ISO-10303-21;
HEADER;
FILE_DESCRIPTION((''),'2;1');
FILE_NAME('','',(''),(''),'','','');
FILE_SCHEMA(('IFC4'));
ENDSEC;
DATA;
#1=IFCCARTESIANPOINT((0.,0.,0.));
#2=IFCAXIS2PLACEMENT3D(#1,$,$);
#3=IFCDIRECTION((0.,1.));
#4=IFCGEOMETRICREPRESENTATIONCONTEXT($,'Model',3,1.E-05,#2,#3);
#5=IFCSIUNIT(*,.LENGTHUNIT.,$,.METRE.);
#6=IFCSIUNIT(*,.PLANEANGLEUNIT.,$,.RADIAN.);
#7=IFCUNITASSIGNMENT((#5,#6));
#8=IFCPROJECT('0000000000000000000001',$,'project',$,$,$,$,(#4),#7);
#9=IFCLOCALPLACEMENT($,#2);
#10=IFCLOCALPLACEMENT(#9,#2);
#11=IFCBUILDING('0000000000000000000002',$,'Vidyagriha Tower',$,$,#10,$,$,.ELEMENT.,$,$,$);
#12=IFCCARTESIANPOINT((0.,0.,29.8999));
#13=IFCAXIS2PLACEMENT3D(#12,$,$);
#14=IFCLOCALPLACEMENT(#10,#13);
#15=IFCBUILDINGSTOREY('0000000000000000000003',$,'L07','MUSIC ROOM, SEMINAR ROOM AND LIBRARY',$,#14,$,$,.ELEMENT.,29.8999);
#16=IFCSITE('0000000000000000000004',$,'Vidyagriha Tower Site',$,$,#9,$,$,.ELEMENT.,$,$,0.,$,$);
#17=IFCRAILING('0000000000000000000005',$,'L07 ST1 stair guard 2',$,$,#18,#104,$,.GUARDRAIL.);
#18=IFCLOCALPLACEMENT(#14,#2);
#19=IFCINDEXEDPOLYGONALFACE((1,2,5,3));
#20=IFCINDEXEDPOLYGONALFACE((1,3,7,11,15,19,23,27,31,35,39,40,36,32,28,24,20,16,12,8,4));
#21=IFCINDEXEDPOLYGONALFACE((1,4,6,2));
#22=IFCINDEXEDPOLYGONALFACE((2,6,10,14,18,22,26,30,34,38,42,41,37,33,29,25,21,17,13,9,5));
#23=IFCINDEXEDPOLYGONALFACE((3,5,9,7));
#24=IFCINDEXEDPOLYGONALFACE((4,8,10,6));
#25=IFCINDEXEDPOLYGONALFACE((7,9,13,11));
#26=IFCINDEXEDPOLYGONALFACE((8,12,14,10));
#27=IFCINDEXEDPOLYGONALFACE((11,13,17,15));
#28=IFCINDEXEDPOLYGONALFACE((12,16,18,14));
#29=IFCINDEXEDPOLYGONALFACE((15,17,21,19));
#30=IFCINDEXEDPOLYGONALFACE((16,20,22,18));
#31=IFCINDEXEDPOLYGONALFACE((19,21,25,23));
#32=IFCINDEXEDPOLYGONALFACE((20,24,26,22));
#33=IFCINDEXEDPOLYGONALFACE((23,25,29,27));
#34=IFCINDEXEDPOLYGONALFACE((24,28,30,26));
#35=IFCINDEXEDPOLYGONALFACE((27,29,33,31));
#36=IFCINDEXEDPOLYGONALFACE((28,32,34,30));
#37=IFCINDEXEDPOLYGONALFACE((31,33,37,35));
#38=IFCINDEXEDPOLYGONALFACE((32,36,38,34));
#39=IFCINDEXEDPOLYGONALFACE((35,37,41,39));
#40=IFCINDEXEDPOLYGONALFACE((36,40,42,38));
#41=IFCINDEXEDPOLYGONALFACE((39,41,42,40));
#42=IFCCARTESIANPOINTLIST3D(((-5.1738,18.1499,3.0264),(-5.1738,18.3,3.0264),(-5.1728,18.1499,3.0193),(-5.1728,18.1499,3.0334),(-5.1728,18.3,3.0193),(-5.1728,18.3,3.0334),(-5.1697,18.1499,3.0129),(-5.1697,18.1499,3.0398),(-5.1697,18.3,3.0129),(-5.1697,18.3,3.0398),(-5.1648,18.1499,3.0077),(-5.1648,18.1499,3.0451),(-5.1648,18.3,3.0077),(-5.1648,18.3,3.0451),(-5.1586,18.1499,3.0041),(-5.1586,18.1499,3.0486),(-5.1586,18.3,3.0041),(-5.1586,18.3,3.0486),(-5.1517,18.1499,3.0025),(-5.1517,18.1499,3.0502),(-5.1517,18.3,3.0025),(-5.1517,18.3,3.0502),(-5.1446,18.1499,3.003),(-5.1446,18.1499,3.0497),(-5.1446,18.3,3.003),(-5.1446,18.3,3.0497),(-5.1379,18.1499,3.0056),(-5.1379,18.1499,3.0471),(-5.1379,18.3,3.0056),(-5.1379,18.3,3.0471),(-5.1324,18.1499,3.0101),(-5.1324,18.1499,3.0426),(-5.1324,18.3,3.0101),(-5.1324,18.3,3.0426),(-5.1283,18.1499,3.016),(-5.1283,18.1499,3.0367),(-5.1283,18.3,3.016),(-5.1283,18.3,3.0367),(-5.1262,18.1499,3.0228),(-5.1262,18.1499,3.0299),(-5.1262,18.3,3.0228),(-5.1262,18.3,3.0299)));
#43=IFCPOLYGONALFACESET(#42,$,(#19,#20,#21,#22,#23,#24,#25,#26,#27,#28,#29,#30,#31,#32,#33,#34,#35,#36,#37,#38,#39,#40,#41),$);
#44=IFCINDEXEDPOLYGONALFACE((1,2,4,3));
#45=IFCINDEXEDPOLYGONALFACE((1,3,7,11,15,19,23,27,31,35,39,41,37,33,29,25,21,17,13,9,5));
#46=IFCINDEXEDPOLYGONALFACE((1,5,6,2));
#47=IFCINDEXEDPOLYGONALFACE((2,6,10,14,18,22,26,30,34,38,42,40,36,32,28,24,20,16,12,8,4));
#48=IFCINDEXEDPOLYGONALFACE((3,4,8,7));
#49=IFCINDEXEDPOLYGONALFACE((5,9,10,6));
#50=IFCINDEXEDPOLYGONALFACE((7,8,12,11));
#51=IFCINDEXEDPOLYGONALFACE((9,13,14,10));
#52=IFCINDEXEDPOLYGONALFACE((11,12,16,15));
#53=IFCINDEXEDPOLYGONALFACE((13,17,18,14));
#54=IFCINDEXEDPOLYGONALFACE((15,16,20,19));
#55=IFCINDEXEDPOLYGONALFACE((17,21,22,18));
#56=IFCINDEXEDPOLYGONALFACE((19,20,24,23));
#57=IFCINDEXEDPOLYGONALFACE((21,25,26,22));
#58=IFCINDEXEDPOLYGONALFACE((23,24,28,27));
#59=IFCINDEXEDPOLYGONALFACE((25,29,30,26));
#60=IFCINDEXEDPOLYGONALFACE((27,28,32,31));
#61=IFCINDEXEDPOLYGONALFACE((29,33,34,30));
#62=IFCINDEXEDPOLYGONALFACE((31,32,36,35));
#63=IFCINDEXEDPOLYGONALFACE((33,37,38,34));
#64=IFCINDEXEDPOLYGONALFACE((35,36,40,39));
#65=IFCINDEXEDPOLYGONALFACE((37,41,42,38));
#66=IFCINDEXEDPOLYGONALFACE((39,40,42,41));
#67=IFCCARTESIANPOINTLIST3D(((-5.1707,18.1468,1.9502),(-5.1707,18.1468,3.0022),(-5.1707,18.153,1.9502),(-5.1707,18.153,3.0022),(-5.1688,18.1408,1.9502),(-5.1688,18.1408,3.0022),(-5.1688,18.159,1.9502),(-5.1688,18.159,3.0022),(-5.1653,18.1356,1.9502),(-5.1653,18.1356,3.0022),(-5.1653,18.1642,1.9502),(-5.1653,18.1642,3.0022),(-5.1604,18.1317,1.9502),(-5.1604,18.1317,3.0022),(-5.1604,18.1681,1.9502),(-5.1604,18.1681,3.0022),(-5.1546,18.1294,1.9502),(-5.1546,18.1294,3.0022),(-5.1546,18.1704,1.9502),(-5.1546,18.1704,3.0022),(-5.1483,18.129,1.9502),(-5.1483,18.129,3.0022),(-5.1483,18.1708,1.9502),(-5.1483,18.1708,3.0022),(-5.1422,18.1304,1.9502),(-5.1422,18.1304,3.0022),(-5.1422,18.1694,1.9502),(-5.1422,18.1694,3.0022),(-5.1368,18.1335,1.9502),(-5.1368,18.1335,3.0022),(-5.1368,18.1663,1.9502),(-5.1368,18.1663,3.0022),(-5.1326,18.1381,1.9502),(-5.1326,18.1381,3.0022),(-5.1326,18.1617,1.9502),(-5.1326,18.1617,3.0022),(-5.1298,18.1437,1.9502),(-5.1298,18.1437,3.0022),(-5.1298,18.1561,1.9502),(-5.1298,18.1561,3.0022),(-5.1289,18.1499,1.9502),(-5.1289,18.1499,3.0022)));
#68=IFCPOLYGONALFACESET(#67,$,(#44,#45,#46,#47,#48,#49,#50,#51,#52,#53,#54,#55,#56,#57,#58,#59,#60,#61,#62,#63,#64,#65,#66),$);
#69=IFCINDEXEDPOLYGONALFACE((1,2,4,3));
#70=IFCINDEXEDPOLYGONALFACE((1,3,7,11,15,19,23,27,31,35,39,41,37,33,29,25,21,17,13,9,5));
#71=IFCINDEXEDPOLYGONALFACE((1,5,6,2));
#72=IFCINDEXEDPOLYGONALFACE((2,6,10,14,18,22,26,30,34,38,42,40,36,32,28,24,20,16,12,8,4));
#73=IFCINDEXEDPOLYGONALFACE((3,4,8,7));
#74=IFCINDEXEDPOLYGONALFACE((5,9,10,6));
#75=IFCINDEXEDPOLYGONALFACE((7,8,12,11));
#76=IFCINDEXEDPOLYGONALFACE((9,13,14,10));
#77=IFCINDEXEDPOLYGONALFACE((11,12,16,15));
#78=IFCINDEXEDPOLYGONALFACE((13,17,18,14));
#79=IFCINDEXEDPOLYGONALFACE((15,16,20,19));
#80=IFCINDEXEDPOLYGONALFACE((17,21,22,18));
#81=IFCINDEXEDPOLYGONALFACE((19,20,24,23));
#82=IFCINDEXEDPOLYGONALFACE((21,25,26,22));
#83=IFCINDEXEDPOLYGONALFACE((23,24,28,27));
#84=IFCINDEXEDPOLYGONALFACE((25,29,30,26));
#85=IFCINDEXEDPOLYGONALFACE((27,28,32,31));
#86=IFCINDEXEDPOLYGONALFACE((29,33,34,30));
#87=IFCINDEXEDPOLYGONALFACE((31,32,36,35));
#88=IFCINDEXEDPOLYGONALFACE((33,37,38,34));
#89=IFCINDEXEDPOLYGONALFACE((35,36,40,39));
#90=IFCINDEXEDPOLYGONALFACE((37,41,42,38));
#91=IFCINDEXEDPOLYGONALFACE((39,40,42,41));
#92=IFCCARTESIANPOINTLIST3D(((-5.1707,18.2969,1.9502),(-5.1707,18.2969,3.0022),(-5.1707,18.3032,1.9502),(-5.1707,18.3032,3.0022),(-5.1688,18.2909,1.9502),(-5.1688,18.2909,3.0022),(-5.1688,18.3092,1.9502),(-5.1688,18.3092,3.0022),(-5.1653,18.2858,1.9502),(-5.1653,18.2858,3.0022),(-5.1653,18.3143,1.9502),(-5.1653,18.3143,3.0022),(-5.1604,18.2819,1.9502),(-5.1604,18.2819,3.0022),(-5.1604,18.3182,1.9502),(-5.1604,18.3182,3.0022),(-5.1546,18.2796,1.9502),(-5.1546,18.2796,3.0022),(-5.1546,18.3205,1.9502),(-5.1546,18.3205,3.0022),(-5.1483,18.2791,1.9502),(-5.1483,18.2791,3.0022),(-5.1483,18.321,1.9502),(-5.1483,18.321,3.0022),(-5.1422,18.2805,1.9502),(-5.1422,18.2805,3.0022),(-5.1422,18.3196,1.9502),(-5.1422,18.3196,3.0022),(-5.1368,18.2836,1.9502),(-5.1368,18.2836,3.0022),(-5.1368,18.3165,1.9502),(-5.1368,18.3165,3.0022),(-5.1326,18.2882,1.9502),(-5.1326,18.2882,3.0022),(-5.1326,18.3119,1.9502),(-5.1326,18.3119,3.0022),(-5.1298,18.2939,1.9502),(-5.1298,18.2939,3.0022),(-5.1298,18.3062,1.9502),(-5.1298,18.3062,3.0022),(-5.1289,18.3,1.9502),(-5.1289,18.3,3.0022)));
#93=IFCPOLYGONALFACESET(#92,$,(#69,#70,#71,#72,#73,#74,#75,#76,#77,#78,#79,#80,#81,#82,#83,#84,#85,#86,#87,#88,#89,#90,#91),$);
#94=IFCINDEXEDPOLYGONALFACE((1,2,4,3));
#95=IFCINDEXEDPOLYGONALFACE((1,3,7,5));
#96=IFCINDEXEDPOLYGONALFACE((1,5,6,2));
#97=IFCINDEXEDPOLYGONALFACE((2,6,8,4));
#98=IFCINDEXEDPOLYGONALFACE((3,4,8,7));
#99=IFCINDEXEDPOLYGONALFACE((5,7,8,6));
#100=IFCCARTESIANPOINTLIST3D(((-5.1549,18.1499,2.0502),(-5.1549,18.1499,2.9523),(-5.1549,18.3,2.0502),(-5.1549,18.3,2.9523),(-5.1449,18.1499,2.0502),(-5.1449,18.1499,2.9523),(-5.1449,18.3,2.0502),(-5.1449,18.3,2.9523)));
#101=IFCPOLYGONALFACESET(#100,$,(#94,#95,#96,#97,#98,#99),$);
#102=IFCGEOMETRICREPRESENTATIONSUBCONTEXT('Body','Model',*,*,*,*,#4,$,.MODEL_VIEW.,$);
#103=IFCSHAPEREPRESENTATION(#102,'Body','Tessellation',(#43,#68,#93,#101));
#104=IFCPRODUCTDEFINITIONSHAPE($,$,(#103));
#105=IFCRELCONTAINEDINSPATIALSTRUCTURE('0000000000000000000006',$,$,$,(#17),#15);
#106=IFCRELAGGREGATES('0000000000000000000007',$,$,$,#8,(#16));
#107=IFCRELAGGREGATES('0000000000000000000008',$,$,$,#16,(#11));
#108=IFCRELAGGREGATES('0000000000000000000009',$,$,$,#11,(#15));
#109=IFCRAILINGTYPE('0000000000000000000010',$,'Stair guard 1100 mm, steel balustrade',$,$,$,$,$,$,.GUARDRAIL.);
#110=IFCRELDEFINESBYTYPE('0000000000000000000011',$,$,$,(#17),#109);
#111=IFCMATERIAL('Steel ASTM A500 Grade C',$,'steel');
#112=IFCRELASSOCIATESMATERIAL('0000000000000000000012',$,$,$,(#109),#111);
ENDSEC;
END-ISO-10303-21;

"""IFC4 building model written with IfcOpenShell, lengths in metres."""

from ifc_helpers import new_model, si_unit, direction, frame, origin, origin_2d, place, context, subcontext, project, spatial, rectangle, circle, extrude, material, type_object, element, save


model = new_model("IFC4")

# Units and contexts
model_context = context("Model", 3, precision=1e-05, world=origin(), true_north=direction((0.0, 1.0)))
body_context = subcontext(model_context, "Body", "Model", "MODEL_VIEW")
ifc_project = project(units=[si_unit("LENGTHUNIT", "METRE"), si_unit("PLANEANGLEUNIT", "RADIAN")], contexts=[model_context])

# Site, building, storey
site_placement = place(None, origin())
site = spatial("IfcSite", under=ifc_project, at=site_placement, Name="Vidyagriha Tower Site", CompositionType="ELEMENT", RefElevation=0.0)
building_placement = place(site_placement, origin())
building = spatial("IfcBuilding", under=site, at=building_placement, Name="Vidyagriha Tower", CompositionType="ELEMENT")
storey_placement = place(building_placement, frame((0.0, 0.0, 29.8999)))
storey = spatial("IfcBuildingStorey", under=building, at=storey_placement, Name="L07", Description="MUSIC ROOM, SEMINAR ROOM AND LIBRARY", CompositionType="ELEMENT", Elevation=29.8999)

# Railing
ifc_material_1 = material(Name="Steel ASTM A500 Grade C", Category="steel")
railing_type_1 = type_object("IfcRailingType", Name="Stair guard 1100 mm, steel balustrade", PredefinedType="GUARDRAIL", material=ifc_material_1)
railing_1_placement = place(storey_placement, frame((-5.1499, 18.1499, 1.9502)))
element("IfcRailing", 1, at=railing_1_placement, inside=storey, type_object=railing_type_1, Name="L07 ST1 stair guard 2", PredefinedType="GUARDRAIL", context=body_context, shape_type="SweptSolid", body=[
    extrude(circle(Radius=0.0239, at=origin_2d()), frame((0.0, 0.0, 1.0762), z_axis=(0.0, 1.0, 0.0), x_axis=(-1.0, 0.0, 0.0)), (0.0, 0.0, 1.0), 0.1501),
    extrude(circle(Radius=0.021, at=origin_2d()), origin(), (0.0, 0.0, 1.0), 1.052),
    extrude(circle(Radius=0.021, at=origin_2d()), frame((0.0, 0.1501, 0.0)), (0.0, 0.0, 1.0), 1.052),
    extrude(rectangle(XDim=0.01, YDim=0.9021, at=origin_2d()), frame((0.0, 0.0, 0.551), z_axis=(0.0, 1.0, 0.0), x_axis=(-1.0, 0.0, 0.0)), (0.0, 0.0, 1.0), 0.1501),
])

save(model, "model.ifc")
